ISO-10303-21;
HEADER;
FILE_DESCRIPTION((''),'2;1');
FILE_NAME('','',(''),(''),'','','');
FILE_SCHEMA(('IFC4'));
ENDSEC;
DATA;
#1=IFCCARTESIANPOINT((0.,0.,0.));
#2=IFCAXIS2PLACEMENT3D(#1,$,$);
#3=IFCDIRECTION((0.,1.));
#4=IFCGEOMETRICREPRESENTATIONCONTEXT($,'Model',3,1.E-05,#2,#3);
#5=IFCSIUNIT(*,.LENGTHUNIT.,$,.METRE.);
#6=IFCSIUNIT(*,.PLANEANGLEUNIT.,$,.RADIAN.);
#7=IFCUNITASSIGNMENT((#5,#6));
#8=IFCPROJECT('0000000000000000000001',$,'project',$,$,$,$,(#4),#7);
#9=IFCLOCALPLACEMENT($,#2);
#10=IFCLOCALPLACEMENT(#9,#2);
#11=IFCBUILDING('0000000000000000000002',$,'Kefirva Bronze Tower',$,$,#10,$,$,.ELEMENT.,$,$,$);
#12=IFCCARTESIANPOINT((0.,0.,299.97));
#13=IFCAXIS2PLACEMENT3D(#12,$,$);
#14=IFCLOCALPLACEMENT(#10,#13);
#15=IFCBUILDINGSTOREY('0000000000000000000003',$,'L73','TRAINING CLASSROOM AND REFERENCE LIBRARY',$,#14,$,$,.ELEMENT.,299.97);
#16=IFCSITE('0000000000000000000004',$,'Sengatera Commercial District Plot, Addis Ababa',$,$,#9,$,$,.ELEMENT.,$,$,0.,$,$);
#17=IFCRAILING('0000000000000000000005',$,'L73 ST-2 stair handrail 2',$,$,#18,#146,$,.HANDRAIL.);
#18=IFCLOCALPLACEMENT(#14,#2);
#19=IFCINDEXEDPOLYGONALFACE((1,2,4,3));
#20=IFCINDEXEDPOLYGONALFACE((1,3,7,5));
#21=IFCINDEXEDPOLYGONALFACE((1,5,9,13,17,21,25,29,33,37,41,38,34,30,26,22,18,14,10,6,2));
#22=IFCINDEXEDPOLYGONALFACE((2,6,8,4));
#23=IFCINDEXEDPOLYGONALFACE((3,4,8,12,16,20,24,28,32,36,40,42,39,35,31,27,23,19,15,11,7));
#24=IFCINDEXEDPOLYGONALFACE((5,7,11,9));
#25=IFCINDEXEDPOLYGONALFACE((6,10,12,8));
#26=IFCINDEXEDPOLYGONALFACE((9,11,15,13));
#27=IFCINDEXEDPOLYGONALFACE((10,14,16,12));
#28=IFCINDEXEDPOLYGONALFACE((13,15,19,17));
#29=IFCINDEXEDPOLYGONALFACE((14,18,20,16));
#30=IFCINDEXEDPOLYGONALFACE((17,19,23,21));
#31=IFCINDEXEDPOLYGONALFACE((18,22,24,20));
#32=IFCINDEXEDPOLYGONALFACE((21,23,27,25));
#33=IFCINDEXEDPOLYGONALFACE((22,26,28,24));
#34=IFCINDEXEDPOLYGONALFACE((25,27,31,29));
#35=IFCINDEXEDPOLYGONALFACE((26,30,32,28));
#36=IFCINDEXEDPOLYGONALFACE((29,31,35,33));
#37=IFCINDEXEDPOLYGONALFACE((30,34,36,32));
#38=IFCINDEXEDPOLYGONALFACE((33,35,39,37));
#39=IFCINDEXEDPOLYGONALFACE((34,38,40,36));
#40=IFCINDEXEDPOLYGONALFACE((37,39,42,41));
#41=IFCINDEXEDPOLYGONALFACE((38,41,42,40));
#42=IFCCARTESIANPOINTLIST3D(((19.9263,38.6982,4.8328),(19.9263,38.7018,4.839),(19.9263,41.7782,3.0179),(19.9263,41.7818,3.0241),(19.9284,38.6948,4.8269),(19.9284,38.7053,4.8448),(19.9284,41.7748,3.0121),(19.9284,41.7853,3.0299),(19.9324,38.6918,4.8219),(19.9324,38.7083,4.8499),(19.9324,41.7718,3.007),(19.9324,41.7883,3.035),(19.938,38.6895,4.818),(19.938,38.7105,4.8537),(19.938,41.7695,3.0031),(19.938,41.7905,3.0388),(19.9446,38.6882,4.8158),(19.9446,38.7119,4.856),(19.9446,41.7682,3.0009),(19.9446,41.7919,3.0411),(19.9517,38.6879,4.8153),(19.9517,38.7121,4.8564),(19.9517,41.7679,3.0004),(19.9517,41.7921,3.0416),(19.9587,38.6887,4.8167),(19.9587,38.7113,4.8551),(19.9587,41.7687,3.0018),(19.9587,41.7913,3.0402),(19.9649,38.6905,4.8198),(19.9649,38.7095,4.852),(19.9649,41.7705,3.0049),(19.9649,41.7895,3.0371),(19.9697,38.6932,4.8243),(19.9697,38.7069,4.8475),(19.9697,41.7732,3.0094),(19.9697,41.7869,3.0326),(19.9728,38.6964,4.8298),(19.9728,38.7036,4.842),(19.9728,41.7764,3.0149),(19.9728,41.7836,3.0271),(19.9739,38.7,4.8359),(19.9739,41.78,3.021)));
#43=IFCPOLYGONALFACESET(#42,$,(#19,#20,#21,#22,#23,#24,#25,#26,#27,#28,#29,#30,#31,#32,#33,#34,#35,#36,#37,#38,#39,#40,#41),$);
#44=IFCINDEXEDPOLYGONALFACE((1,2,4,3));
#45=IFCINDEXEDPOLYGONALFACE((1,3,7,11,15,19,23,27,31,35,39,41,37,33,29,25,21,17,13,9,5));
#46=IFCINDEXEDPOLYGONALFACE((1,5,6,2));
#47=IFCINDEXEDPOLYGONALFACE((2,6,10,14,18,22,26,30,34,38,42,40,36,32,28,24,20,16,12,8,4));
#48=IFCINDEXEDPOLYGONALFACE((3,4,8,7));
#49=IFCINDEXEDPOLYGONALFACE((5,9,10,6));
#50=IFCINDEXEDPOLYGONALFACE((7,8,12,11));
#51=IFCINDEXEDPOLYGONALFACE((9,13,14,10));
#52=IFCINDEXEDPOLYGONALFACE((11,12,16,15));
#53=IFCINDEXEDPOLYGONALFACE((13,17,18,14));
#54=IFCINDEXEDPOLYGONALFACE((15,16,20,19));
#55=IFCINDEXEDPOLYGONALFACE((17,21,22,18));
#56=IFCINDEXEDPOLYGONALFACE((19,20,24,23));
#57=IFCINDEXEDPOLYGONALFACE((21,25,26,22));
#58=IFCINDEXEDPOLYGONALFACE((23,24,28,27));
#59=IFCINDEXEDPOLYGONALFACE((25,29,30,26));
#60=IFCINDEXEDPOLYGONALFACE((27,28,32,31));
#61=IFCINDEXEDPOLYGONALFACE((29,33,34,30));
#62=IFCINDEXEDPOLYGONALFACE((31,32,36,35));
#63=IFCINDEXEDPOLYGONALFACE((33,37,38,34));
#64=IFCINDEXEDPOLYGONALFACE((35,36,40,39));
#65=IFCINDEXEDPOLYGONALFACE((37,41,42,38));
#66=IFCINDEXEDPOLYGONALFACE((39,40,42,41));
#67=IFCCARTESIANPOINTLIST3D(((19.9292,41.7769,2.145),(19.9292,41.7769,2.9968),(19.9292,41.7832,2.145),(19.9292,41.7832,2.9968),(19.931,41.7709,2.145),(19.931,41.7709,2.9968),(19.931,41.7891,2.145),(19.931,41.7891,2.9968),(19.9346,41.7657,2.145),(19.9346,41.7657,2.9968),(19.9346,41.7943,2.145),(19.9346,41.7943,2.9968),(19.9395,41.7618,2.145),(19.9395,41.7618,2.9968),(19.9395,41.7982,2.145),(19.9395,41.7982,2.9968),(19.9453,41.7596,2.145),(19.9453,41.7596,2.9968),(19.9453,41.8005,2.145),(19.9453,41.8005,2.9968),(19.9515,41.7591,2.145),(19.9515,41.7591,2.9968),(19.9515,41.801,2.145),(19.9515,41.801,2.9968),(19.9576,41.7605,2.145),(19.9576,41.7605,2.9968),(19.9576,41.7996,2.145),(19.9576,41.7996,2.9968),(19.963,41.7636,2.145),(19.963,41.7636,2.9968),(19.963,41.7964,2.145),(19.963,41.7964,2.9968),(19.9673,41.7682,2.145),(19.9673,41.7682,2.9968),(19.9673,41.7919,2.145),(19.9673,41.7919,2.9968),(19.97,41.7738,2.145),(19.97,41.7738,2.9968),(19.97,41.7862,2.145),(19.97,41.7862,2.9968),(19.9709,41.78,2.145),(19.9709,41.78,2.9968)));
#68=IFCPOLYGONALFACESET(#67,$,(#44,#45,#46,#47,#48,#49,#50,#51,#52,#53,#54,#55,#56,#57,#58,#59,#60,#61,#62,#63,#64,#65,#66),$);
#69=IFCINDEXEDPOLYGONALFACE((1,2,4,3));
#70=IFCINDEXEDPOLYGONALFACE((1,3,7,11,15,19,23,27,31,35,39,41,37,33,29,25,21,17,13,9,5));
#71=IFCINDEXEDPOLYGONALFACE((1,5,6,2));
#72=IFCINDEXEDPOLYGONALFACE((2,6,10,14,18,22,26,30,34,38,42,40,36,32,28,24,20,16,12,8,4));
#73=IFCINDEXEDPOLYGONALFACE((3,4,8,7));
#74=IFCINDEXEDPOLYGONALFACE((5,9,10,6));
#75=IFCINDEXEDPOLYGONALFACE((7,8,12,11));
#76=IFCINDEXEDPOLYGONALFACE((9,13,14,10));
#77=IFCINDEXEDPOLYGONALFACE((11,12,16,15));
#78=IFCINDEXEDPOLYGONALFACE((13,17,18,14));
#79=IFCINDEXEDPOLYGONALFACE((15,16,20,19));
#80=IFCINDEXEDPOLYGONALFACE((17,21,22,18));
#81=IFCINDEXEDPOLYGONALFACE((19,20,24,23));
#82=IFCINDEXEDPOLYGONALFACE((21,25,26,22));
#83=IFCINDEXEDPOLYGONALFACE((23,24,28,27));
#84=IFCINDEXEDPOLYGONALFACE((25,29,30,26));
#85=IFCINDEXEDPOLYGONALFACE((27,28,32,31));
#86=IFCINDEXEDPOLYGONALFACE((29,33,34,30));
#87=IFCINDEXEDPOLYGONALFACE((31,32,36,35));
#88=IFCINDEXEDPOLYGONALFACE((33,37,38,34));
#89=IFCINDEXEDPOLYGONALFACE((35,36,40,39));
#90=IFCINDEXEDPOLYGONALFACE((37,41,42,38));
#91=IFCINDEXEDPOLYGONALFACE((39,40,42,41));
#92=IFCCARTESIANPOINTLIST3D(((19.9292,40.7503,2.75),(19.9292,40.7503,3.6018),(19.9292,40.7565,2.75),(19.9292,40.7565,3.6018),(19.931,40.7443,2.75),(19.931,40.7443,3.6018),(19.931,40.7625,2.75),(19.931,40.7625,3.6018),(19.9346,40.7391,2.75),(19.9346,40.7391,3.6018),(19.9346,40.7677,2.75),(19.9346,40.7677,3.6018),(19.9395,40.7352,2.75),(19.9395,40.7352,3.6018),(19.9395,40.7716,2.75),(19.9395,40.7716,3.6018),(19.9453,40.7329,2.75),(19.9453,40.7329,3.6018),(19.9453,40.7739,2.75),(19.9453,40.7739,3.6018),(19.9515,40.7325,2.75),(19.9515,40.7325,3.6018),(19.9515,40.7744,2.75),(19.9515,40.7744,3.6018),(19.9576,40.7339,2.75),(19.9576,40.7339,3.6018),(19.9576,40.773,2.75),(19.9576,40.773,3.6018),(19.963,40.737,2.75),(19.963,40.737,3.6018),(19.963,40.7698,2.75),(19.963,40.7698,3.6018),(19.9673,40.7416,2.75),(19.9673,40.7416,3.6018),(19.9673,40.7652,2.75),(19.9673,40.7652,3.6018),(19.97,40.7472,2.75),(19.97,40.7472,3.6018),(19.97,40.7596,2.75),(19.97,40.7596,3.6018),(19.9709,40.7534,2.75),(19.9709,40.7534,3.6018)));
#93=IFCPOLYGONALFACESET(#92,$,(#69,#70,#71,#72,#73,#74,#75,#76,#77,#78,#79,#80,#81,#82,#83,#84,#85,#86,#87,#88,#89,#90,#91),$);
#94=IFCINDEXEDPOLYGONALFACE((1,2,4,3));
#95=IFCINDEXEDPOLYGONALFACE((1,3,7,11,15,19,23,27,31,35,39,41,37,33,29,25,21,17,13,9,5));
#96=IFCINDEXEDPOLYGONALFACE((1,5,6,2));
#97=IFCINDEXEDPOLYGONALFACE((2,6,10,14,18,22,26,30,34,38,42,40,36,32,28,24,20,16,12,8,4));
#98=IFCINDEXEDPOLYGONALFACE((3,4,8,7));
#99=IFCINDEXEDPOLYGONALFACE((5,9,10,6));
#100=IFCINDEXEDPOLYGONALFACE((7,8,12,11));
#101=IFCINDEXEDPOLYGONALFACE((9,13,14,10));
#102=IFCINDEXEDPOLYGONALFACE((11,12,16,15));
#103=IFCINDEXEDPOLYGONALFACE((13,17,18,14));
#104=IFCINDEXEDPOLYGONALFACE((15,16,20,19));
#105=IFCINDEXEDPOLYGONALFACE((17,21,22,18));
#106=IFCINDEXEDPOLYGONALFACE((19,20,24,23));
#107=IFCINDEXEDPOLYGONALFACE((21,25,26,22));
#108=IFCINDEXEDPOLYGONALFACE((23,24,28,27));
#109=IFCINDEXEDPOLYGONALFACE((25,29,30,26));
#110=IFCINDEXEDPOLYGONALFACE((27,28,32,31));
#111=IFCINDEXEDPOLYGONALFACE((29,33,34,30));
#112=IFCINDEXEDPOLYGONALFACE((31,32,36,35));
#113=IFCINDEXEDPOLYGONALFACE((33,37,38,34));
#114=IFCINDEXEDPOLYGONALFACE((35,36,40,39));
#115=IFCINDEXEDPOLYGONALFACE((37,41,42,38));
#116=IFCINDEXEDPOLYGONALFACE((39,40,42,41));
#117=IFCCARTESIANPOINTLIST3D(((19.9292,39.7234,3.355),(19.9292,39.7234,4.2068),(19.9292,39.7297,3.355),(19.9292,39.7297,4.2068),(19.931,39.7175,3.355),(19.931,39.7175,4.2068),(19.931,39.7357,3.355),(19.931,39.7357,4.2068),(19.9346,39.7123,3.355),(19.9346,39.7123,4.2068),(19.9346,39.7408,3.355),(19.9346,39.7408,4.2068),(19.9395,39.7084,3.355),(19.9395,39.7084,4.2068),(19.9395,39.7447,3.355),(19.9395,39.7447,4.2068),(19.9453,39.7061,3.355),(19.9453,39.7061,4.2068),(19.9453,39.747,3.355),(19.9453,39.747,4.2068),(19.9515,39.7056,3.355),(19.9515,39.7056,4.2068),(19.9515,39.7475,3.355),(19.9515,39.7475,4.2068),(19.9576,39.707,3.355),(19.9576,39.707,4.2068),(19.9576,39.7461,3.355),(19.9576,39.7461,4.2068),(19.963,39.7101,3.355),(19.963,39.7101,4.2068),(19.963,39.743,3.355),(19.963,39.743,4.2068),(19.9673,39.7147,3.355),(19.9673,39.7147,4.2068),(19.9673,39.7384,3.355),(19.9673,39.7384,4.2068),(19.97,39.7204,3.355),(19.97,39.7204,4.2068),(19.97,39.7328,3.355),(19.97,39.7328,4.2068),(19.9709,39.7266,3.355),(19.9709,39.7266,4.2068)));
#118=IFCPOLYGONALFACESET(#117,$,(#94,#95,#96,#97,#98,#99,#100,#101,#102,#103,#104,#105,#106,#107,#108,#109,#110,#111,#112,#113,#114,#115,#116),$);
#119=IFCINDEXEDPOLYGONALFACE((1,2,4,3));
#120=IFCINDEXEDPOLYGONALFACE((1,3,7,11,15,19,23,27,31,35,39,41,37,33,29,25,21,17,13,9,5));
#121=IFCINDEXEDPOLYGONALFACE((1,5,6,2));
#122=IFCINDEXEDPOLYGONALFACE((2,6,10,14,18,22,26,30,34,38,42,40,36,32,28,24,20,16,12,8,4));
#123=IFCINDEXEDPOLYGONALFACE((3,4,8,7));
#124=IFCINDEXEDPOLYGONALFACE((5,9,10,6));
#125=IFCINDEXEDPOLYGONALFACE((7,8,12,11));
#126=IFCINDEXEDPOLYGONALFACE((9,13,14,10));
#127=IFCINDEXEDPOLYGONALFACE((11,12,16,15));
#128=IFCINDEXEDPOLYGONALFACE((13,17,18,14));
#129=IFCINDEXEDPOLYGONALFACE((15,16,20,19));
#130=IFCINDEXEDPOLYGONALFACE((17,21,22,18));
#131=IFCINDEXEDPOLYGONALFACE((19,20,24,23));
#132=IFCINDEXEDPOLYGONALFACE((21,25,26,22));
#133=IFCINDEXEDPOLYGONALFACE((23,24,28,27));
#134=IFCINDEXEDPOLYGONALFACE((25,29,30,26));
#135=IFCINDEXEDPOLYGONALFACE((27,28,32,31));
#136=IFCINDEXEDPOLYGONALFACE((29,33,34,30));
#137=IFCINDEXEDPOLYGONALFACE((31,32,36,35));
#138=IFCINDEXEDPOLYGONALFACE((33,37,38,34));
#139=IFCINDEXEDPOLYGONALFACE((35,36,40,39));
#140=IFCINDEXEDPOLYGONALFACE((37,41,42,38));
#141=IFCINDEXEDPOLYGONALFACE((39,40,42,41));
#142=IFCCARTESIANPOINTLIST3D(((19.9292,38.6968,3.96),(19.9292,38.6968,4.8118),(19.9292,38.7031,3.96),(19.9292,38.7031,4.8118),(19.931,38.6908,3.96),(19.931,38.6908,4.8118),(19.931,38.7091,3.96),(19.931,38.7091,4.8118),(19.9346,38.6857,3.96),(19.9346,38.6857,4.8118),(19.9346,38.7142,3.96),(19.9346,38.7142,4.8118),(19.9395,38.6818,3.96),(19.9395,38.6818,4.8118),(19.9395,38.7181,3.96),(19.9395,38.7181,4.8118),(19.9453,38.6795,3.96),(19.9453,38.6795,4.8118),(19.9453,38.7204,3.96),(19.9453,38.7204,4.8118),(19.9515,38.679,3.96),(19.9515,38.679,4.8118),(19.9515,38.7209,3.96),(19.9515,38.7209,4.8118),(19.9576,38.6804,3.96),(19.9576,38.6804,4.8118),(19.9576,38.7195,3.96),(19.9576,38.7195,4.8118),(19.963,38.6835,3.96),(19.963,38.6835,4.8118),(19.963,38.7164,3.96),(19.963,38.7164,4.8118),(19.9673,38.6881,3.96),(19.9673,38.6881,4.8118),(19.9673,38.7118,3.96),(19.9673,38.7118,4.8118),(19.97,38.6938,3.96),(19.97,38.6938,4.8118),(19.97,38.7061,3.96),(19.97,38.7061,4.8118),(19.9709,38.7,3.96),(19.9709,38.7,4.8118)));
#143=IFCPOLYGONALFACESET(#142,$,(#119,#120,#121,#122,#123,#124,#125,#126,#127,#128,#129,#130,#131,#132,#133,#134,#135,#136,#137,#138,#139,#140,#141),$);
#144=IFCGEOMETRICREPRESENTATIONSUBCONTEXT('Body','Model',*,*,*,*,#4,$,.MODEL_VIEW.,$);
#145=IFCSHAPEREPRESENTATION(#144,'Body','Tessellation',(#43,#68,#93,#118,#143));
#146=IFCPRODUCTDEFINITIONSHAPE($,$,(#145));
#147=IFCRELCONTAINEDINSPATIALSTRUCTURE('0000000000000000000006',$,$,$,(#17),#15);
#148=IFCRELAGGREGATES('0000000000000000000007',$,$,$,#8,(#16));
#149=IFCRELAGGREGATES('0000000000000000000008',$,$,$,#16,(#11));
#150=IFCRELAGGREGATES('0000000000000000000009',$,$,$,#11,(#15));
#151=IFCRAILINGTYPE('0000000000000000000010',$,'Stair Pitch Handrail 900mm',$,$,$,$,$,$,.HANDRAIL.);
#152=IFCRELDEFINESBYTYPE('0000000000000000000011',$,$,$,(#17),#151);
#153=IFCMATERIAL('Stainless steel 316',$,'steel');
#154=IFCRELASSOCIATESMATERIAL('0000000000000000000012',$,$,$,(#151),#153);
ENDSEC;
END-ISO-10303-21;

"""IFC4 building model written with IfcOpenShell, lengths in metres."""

from ifc_helpers import new_model, si_unit, direction, frame, origin, origin_2d, place, context, subcontext, project, spatial, circle, extrude, material, type_object, element, save


model = new_model("IFC4")

# Units and contexts
model_context = context("Model", 3, precision=1e-05, world=origin(), true_north=direction((0.0, 1.0)))
body_context = subcontext(model_context, "Body", "Model", "MODEL_VIEW")
ifc_project = project(units=[si_unit("LENGTHUNIT", "METRE"), si_unit("PLANEANGLEUNIT", "RADIAN")], contexts=[model_context])

# Site, building, storey
site_placement = place(None, origin())
site = spatial("IfcSite", under=ifc_project, at=site_placement, Name="Sengatera Commercial District Plot, Addis Ababa", CompositionType="ELEMENT", RefElevation=0.0)
building_placement = place(site_placement, origin())
building = spatial("IfcBuilding", under=site, at=building_placement, Name="Kefirva Bronze Tower", CompositionType="ELEMENT")
storey_placement = place(building_placement, frame((0.0, 0.0, 299.97)))
storey = spatial("IfcBuildingStorey", under=building, at=storey_placement, Name="L73", Description="TRAINING CLASSROOM AND REFERENCE LIBRARY", CompositionType="ELEMENT", Elevation=299.97)

# Shared definitions
ifc_material_1 = material(Name="Stainless steel 316", Category="steel")

# Railing
railing_type_1 = type_object("IfcRailingType", Name="Stair Pitch Handrail 900mm", PredefinedType="HANDRAIL", material=ifc_material_1)
railing_1_placement = place(storey_placement, frame((19.95, 41.78, 2.145)))
element("IfcRailing", 1, at=railing_1_placement, inside=storey, type_object=railing_type_1, Name="L73 ST-2 stair handrail 2", PredefinedType="HANDRAIL", context=body_context, shape_type="SweptSolid", body=[
    extrude(circle(Radius=0.0239, at=origin_2d()), frame((0.0, 0.0, 0.876), z_axis=(0.0, -0.861551, 0.507671), x_axis=(1.0, 0.0, 0.0)), (0.0, 0.0, 1.0), 3.575),
    extrude(circle(Radius=0.021, at=origin_2d()), origin(), (0.0, 0.0, 1.0), 0.8518),
    extrude(circle(Radius=0.021, at=origin_2d()), frame((0.0, -1.0266, 0.605)), (0.0, 0.0, 1.0), 0.8518),
    extrude(circle(Radius=0.021, at=origin_2d()), frame((0.0, -2.0535, 1.21)), (0.0, 0.0, 1.0), 0.8518),
    extrude(circle(Radius=0.021, at=origin_2d()), frame((0.0, -3.0801, 1.8149)), (0.0, 0.0, 1.0), 0.8518),
])

save(model, "model.ifc")
